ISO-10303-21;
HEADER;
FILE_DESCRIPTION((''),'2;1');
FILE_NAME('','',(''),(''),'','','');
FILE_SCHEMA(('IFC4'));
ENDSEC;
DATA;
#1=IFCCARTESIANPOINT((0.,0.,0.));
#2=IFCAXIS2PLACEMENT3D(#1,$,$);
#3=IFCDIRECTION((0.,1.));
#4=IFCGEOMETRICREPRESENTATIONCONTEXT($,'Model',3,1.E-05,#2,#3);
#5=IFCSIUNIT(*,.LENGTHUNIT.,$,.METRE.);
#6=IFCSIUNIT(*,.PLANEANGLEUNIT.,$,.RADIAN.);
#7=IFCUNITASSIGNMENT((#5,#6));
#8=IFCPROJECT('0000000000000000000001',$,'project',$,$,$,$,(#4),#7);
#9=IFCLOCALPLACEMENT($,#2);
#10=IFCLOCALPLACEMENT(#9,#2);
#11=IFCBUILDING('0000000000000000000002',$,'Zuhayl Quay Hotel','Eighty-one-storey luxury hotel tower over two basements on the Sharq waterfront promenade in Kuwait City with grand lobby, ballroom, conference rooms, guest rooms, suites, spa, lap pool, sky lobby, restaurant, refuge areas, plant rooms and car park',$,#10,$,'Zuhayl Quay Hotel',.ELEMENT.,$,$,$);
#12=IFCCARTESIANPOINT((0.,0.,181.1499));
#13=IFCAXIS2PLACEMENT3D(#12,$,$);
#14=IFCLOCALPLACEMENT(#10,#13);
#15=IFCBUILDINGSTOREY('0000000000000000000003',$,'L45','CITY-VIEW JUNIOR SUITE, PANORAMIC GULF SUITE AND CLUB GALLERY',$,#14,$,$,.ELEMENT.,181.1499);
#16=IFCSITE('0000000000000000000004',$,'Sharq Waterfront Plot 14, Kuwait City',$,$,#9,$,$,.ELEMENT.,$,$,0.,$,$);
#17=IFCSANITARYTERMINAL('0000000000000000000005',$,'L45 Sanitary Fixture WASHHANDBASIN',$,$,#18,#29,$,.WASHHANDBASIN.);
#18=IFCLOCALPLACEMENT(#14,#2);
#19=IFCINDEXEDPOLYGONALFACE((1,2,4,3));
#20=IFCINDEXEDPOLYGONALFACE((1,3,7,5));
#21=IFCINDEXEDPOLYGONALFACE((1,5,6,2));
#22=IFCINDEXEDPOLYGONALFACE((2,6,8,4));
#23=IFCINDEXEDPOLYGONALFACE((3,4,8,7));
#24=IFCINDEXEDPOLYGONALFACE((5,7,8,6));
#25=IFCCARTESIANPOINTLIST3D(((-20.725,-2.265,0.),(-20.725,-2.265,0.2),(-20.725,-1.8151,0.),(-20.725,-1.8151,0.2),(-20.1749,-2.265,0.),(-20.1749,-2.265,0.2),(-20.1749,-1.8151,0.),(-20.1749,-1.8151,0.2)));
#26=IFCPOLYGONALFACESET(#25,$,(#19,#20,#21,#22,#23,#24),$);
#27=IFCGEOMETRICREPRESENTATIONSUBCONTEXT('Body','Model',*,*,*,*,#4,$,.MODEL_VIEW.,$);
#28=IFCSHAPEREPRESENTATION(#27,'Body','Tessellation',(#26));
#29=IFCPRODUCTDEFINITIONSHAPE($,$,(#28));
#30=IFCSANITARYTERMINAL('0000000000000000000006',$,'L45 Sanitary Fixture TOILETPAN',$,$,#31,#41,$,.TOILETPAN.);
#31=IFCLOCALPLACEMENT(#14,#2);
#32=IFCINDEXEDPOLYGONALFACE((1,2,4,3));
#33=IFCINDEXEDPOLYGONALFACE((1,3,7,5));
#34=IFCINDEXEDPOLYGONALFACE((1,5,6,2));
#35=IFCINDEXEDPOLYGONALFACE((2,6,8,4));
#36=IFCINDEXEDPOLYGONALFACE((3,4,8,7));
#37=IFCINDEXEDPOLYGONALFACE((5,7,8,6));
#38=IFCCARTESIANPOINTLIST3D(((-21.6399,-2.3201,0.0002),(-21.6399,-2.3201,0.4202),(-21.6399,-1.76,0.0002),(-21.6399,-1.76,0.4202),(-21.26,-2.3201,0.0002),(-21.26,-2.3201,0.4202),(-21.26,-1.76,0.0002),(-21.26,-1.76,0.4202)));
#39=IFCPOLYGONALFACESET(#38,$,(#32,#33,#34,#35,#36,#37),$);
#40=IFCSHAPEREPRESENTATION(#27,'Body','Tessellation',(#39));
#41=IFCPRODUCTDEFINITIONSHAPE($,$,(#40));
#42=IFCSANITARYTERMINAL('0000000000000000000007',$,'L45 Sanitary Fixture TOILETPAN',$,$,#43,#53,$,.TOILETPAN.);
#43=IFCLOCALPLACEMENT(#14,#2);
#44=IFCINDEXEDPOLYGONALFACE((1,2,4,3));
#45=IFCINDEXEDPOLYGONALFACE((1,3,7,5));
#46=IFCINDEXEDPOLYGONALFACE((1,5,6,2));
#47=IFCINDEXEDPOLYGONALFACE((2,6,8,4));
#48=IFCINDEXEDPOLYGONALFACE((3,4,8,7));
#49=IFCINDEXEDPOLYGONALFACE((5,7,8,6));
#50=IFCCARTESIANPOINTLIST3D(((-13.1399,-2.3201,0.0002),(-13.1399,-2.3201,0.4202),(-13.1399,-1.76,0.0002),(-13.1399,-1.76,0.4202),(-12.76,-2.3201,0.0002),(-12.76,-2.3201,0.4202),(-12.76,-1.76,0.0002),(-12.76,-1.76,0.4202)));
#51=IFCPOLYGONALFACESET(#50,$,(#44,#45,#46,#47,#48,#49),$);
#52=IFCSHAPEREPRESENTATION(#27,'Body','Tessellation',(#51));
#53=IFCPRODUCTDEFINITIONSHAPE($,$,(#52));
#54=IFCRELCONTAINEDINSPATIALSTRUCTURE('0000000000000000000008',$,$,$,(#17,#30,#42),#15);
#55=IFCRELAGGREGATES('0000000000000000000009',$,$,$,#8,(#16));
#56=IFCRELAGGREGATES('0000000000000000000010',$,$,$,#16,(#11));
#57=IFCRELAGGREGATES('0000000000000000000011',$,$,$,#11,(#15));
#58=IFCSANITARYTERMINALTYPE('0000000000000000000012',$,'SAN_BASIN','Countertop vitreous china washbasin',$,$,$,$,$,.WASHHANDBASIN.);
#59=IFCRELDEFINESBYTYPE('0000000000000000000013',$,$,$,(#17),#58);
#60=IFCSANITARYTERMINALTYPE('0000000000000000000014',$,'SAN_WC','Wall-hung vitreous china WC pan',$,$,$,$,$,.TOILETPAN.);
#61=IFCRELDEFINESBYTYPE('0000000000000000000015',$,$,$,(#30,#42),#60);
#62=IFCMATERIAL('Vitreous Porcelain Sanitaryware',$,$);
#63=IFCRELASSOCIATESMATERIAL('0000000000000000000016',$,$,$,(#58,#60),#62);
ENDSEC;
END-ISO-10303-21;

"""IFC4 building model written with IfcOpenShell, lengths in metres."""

from ifc_helpers import new_model, si_unit, direction, frame, origin, origin_2d, place, context, subcontext, project, spatial, rectangle, extrude, material, type_object, element, save


model = new_model("IFC4")

# Units and contexts
model_context = context("Model", 3, precision=1e-05, world=origin(), true_north=direction((0.0, 1.0)))
body_context = subcontext(model_context, "Body", "Model", "MODEL_VIEW")
ifc_project = project(units=[si_unit("LENGTHUNIT", "METRE"), si_unit("PLANEANGLEUNIT", "RADIAN")], contexts=[model_context])

# Site, building, storey
site_placement = place(None, origin())
site = spatial("IfcSite", under=ifc_project, at=site_placement, Name="Sharq Waterfront Plot 14, Kuwait City", CompositionType="ELEMENT", RefElevation=0.0)
building_placement = place(site_placement, origin())
building = spatial("IfcBuilding", under=site, at=building_placement, Name="Zuhayl Quay Hotel", Description="Eighty-one-storey luxury hotel tower over two basements on the Sharq waterfront promenade in Kuwait City with grand lobby, ballroom, conference rooms, guest rooms, suites, spa, lap pool, sky lobby, restaurant, refuge areas, plant rooms and car park", LongName="Zuhayl Quay Hotel", CompositionType="ELEMENT")
storey_placement = place(building_placement, frame((0.0, 0.0, 181.1499)))
storey = spatial("IfcBuildingStorey", under=building, at=storey_placement, Name="L45", Description="CITY-VIEW JUNIOR SUITE, PANORAMIC GULF SUITE AND CLUB GALLERY", CompositionType="ELEMENT", Elevation=181.1499)

# Sanitary terminals
ifc_material_1 = material(Name="Vitreous Porcelain Sanitaryware")
sanitary_terminal_type_1 = type_object("IfcSanitaryTerminalType", Name="SAN_BASIN", Description="Countertop vitreous china washbasin", PredefinedType="WASHHANDBASIN", material=ifc_material_1)
sanitary_terminal_placement = place(storey_placement, frame((-20.45, -2.04, 0.0), z_axis=(0.0, 0.0, 1.0), x_axis=(1.0, 0.0, 0.0)))
element("IfcSanitaryTerminal", 1, at=sanitary_terminal_placement, inside=storey, type_object=sanitary_terminal_type_1, Name="L45 Sanitary Fixture WASHHANDBASIN", PredefinedType="WASHHANDBASIN", context=body_context, shape_type="SweptSolid", body=[
    extrude(rectangle(XDim=0.55, YDim=0.45, at=origin_2d()), origin(), (0.0, 0.0, 1.0), 0.2),
])
sanitary_terminal_type_2 = type_object("IfcSanitaryTerminalType", Name="SAN_WC", Description="Wall-hung vitreous china WC pan", PredefinedType="TOILETPAN", material=ifc_material_1)
for number, where, z_axis, x_axis, name in (
    (2, (-21.45, -2.04, 0.0002), (0.0, 0.0, 1.0), (1.0, 0.0, 0.0), "L45 Sanitary Fixture TOILETPAN"),
    (3, (-12.95, -2.04, 0.0002), (0.0, 0.0, 1.0), (1.0, 0.0, 0.0), "L45 Sanitary Fixture TOILETPAN"),
):
    element("IfcSanitaryTerminal", number, at=place(storey_placement, frame(where, z_axis=z_axis, x_axis=x_axis)), inside=storey, type_object=sanitary_terminal_type_2, Name=name, PredefinedType="TOILETPAN", context=body_context, shape_type="SweptSolid", body=[
        extrude(rectangle(XDim=0.3799, YDim=0.5601, at=origin_2d()), origin(), (0.0, 0.0, 1.0), 0.4199),
    ])

save(model, "model.ifc")
